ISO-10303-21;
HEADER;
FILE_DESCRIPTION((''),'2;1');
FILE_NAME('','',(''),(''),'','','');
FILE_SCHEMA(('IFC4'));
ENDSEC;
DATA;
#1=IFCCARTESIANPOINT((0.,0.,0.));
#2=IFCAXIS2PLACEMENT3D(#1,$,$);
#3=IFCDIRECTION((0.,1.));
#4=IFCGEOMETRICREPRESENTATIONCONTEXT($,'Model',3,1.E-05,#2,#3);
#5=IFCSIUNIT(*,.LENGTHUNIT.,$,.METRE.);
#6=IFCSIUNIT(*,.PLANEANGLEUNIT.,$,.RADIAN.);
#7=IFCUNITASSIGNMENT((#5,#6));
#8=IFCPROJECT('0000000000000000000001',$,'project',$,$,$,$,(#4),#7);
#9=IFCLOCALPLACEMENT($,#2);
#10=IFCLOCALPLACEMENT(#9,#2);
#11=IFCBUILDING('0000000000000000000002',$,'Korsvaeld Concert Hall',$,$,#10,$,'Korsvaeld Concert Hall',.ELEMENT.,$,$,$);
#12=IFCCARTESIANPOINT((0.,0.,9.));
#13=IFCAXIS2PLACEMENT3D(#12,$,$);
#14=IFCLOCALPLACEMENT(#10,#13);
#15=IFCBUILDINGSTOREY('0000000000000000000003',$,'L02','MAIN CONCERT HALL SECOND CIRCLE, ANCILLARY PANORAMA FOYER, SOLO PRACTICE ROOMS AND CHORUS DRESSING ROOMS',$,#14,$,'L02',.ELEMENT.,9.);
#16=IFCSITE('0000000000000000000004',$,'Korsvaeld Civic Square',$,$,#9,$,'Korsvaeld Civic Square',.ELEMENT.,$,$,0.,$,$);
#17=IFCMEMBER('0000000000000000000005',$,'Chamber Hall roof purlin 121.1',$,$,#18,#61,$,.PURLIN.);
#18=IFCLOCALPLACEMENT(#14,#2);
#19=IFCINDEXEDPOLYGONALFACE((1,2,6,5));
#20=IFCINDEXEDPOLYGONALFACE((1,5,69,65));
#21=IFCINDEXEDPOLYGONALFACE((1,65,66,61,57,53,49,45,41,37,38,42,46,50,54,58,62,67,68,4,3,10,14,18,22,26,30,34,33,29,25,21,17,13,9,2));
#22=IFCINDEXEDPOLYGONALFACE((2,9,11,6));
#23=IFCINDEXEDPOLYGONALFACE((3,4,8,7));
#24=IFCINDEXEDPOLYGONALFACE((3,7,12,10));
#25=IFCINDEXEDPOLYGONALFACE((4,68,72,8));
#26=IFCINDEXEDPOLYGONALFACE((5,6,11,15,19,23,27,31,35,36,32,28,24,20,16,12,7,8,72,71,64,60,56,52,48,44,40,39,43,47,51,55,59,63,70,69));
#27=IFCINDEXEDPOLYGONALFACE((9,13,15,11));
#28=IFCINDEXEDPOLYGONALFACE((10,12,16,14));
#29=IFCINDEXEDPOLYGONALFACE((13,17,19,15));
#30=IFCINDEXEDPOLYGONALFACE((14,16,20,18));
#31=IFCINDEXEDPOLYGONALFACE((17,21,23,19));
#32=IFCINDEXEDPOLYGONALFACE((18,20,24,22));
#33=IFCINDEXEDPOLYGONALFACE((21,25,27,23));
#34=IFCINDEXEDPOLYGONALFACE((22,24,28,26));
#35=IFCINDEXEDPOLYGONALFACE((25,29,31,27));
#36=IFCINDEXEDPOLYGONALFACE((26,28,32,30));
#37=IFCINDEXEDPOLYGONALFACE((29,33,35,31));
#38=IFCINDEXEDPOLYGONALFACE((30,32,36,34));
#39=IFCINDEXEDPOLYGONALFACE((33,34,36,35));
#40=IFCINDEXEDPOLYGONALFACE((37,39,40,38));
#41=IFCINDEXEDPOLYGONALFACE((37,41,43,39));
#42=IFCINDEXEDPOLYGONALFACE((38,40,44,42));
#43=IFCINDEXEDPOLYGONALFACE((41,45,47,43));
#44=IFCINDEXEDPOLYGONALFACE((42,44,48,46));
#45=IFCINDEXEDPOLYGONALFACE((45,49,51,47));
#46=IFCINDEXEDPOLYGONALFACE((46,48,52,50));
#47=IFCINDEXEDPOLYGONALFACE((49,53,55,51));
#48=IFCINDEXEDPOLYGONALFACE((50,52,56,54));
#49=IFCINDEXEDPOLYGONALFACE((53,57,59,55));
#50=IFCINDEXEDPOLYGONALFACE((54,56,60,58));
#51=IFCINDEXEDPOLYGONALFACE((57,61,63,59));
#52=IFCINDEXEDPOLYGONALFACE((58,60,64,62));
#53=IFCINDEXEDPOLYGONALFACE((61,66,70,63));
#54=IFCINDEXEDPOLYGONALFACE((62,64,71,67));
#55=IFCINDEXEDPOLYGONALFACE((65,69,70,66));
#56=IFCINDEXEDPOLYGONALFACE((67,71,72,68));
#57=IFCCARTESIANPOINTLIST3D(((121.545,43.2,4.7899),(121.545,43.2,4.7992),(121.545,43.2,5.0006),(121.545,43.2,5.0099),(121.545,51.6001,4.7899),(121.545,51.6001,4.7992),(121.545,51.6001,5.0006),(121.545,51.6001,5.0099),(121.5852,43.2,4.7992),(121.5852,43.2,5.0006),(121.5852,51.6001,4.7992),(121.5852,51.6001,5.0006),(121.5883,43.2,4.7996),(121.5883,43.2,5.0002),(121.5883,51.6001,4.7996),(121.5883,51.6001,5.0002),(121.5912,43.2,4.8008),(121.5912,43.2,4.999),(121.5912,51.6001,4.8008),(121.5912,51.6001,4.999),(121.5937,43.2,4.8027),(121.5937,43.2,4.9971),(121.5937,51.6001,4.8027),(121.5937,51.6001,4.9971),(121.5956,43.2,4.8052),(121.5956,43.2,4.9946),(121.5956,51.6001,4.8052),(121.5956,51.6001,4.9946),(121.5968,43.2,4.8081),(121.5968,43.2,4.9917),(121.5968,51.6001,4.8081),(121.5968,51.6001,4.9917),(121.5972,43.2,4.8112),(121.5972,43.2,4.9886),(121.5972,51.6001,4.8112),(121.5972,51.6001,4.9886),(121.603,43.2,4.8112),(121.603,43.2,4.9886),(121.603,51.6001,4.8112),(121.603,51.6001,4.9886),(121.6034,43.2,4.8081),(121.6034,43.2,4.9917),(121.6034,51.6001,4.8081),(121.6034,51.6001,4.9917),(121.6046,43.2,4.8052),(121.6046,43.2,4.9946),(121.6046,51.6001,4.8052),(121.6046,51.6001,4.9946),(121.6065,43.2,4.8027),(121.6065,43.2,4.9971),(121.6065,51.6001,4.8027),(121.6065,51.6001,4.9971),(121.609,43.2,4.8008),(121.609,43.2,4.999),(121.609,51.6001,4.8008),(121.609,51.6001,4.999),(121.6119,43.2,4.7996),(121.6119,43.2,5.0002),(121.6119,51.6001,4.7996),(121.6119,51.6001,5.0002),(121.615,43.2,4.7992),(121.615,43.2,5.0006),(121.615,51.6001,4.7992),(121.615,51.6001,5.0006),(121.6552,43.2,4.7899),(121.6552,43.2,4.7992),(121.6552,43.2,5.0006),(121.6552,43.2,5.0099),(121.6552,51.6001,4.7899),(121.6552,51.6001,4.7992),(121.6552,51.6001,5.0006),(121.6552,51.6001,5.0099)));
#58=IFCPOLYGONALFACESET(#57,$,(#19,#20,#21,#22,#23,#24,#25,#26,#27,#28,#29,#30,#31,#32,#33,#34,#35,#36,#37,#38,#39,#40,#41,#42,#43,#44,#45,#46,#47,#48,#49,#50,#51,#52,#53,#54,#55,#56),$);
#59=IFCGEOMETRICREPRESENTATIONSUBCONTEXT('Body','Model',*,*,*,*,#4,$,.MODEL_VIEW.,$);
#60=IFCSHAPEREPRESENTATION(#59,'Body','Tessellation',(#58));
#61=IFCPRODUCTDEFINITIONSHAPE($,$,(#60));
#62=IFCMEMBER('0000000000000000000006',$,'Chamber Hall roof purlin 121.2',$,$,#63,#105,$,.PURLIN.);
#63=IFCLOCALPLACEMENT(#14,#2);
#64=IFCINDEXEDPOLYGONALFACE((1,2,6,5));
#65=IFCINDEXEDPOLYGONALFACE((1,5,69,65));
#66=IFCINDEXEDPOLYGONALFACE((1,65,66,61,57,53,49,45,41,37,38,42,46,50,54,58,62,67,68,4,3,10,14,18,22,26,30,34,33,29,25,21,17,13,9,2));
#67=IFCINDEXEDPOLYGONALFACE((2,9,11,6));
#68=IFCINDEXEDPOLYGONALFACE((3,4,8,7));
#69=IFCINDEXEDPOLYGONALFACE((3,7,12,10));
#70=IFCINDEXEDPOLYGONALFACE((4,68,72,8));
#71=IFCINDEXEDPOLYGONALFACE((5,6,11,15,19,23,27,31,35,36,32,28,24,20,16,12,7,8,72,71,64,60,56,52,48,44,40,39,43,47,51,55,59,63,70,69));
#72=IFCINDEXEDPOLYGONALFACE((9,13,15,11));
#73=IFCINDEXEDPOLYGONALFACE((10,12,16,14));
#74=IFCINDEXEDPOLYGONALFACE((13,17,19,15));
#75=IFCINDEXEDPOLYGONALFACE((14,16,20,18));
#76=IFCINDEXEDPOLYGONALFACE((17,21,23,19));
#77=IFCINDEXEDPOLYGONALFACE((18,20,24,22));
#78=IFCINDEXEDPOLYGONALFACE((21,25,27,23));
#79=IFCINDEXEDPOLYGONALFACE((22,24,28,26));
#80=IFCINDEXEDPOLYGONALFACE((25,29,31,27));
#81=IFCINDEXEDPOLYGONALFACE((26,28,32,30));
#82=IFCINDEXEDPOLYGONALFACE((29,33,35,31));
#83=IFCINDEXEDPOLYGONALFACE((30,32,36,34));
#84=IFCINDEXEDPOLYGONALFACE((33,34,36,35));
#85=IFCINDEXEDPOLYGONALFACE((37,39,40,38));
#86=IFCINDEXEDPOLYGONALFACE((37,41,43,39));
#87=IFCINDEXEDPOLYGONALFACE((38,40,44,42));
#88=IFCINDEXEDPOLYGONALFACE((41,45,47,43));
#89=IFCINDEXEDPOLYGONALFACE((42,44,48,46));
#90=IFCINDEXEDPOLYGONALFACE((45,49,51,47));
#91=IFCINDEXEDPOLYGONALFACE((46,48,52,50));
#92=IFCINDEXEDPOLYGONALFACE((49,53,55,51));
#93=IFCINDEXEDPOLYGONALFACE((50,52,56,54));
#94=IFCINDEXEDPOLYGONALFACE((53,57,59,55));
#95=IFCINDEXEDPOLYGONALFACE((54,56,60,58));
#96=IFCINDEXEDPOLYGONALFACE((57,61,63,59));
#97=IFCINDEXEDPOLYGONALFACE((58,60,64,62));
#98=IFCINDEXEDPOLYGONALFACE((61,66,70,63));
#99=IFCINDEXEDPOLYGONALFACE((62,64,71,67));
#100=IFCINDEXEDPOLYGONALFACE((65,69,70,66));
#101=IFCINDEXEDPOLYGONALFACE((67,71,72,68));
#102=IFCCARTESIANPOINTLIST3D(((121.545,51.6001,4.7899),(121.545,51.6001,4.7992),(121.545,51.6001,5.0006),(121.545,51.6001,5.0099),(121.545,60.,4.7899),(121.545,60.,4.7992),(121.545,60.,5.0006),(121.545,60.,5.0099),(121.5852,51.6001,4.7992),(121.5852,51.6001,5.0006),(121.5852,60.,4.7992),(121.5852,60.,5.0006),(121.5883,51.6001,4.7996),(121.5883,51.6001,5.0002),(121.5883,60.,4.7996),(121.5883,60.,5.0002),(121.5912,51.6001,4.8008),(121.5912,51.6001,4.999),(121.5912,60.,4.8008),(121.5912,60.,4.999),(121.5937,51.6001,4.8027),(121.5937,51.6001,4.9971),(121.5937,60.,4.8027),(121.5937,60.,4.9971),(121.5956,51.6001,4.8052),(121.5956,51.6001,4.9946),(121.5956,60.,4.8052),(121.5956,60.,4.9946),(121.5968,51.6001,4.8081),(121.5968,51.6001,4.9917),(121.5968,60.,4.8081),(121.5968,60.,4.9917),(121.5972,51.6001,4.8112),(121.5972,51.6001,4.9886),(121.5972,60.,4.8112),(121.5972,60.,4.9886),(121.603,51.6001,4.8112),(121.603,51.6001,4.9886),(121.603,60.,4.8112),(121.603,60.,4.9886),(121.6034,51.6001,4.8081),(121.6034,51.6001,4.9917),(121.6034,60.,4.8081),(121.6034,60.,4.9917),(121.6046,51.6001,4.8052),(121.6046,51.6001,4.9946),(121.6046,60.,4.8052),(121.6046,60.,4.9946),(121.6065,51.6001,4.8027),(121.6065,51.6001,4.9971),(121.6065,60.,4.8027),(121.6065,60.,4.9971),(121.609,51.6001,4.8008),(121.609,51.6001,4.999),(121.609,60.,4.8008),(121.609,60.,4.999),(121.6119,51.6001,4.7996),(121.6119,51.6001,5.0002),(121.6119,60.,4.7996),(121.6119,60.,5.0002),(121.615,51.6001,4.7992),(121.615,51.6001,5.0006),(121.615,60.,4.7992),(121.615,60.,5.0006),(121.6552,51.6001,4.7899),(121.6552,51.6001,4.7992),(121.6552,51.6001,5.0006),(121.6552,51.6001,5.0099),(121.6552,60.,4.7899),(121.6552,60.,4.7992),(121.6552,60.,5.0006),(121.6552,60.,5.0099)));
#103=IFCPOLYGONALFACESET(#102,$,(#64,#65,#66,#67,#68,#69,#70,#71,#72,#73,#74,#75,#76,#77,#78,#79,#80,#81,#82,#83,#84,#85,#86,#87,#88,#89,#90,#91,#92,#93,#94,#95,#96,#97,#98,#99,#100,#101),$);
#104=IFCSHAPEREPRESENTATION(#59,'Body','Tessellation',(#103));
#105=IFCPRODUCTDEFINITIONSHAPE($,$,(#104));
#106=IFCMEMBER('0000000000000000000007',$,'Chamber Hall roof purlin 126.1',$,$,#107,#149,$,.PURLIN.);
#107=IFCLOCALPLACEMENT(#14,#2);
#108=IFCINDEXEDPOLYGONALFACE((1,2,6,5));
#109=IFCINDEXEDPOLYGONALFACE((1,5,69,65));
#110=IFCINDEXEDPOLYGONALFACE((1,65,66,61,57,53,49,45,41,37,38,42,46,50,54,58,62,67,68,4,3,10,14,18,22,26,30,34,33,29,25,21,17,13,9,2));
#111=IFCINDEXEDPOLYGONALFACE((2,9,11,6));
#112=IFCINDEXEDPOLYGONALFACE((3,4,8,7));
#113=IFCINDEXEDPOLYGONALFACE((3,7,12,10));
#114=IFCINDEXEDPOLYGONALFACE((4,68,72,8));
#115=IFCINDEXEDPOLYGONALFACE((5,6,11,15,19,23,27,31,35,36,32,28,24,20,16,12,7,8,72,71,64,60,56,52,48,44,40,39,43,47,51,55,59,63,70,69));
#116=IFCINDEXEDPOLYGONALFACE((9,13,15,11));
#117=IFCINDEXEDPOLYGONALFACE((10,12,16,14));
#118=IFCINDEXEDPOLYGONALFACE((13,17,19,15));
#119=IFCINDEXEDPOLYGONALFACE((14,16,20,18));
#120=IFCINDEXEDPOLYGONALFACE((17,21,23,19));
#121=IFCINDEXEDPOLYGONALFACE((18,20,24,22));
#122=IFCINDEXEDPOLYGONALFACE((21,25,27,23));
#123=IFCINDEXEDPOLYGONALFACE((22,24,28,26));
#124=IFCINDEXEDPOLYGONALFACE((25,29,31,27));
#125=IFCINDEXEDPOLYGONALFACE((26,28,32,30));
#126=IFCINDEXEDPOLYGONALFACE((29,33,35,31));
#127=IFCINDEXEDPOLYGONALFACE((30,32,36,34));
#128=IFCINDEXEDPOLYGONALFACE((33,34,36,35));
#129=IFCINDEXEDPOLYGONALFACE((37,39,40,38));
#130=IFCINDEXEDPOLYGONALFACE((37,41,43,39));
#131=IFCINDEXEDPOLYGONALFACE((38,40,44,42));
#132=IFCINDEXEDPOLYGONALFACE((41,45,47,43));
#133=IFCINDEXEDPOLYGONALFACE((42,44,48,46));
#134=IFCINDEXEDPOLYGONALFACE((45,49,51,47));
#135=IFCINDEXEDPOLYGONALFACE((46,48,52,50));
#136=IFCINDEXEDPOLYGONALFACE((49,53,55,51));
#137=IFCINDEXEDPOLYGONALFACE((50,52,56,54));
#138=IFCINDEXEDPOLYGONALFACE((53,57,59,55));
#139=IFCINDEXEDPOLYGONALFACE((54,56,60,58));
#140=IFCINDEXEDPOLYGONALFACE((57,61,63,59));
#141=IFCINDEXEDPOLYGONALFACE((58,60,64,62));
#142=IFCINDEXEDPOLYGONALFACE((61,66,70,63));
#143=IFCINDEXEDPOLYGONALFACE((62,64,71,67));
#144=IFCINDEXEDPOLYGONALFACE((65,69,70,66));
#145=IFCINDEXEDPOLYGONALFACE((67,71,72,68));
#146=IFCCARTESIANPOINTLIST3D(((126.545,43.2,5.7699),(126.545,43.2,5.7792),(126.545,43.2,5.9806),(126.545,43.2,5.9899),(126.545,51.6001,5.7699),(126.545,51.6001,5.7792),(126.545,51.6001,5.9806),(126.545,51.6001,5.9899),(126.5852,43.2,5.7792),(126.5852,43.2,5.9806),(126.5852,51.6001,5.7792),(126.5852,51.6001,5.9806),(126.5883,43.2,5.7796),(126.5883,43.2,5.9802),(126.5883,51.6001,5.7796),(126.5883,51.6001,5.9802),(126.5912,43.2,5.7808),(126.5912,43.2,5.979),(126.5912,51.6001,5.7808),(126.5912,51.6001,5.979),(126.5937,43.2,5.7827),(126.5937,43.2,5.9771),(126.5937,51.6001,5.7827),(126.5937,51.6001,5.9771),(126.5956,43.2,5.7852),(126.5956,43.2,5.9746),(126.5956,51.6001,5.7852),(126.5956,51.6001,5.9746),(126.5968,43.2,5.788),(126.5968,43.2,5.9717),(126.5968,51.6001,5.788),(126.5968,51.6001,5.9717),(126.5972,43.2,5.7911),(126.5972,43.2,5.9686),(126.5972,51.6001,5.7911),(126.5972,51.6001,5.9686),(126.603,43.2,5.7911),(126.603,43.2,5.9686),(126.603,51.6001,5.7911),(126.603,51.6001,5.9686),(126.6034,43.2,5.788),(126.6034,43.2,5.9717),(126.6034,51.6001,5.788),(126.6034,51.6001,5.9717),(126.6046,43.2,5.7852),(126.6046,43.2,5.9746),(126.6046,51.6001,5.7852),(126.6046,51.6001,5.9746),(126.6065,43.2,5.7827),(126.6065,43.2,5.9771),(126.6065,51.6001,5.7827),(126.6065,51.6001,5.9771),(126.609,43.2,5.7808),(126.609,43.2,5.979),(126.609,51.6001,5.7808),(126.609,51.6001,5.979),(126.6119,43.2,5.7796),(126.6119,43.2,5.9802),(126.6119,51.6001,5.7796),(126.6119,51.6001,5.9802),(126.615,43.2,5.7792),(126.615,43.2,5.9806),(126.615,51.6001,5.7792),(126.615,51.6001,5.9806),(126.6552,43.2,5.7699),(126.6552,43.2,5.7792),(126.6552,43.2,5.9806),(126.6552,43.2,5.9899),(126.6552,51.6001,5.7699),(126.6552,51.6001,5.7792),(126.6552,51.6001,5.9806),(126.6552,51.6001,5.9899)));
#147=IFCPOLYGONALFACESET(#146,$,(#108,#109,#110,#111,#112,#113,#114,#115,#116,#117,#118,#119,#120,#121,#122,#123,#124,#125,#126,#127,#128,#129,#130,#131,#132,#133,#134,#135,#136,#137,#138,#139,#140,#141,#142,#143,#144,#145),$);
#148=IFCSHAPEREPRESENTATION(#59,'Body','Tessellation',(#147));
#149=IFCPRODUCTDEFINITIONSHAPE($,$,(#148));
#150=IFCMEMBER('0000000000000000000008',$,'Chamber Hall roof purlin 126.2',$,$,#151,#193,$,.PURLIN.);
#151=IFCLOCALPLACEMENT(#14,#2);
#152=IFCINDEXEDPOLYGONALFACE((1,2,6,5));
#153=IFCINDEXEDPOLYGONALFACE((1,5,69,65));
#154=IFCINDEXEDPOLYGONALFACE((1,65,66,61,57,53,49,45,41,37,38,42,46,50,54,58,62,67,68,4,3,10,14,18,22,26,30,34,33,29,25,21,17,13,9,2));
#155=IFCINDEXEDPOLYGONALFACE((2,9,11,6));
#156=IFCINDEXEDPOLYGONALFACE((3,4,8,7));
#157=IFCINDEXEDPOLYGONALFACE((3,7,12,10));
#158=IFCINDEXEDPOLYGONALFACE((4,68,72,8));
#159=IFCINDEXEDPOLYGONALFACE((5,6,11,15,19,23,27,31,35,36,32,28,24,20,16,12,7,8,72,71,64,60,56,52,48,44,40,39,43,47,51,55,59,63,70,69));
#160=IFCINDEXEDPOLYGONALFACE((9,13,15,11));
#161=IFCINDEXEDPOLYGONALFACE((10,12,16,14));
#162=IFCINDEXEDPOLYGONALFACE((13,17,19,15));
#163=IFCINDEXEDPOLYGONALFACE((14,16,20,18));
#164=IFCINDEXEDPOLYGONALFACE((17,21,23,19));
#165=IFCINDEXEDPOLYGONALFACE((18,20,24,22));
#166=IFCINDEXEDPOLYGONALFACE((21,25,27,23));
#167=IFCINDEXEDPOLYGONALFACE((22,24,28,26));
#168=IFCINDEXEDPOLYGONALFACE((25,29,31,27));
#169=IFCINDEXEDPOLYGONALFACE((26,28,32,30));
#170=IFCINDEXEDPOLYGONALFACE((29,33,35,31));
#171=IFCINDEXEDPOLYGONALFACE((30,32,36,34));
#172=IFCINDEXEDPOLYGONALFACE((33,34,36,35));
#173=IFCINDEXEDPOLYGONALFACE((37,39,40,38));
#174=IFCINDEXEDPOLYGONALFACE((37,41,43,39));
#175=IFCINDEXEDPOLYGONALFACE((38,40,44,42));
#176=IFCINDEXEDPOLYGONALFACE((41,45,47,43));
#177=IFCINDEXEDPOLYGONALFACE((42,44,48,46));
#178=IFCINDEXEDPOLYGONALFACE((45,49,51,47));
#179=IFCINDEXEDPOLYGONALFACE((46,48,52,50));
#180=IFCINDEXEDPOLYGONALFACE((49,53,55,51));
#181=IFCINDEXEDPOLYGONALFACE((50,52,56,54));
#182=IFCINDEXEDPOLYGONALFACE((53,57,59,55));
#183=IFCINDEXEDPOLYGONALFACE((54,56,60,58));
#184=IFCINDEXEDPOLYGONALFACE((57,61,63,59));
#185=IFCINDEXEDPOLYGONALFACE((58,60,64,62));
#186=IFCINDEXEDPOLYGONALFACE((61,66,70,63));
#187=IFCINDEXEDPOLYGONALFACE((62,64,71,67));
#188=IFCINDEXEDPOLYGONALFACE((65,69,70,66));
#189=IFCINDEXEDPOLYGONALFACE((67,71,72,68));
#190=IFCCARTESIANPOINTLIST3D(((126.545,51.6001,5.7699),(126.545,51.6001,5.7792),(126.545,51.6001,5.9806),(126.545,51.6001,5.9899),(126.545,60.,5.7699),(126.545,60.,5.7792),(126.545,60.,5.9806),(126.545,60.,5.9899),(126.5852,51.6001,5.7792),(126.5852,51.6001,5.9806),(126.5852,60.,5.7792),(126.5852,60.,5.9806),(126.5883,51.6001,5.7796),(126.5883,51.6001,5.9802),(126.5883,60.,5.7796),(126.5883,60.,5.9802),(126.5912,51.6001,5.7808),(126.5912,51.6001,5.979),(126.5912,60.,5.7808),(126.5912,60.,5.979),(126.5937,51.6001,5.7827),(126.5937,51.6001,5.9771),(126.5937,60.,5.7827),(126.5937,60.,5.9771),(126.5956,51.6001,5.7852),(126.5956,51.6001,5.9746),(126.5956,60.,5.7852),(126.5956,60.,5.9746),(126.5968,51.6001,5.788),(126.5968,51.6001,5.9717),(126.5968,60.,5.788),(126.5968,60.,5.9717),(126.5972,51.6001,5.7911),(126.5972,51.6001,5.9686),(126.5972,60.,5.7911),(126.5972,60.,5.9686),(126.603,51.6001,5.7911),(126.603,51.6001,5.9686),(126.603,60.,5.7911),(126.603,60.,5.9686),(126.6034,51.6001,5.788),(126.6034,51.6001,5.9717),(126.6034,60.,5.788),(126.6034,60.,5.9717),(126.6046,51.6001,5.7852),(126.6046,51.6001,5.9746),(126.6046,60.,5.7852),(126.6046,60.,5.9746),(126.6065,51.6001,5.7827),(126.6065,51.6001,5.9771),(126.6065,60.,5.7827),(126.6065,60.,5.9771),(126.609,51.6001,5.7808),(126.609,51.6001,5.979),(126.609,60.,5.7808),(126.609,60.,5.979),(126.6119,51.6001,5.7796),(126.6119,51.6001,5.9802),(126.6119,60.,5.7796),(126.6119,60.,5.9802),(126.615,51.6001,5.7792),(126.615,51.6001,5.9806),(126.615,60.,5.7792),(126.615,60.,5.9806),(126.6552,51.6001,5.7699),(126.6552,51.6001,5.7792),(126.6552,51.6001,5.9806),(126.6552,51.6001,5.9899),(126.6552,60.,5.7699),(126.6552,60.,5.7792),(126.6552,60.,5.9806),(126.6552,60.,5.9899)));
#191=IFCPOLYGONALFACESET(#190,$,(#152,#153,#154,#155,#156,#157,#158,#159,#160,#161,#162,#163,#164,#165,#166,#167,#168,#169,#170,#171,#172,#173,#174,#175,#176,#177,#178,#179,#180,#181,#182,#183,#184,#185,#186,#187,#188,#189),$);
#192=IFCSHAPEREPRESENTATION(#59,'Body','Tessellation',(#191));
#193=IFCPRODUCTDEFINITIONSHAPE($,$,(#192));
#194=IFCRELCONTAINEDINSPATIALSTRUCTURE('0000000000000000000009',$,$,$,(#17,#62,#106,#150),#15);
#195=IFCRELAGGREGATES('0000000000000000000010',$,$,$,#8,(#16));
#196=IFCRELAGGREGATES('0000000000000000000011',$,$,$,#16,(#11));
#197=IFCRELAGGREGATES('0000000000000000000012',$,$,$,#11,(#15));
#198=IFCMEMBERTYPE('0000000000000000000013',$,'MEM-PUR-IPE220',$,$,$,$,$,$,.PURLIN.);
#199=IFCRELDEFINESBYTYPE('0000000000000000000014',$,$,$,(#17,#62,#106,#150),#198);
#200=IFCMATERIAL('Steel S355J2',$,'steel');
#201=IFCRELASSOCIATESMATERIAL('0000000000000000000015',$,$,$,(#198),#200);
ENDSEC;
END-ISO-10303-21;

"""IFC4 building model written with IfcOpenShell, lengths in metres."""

from ifc_helpers import new_model, si_unit, direction, frame, origin, origin_2d, place, context, subcontext, project, spatial, i_section, extrude, material, material_profile, profile_set, type_object, element, save


model = new_model("IFC4")

# Units and contexts
model_context = context("Model", 3, precision=1e-05, world=origin(), true_north=direction((0.0, 1.0)))
body_context = subcontext(model_context, "Body", "Model", "MODEL_VIEW")
ifc_project = project(units=[si_unit("LENGTHUNIT", "METRE"), si_unit("PLANEANGLEUNIT", "RADIAN")], contexts=[model_context])

# Site, building, storey
site_placement = place(None, origin())
site = spatial("IfcSite", under=ifc_project, at=site_placement, Name="Korsvaeld Civic Square", LongName="Korsvaeld Civic Square", CompositionType="ELEMENT", RefElevation=0.0)
building_placement = place(site_placement, origin())
building = spatial("IfcBuilding", under=site, at=building_placement, Name="Korsvaeld Concert Hall", LongName="Korsvaeld Concert Hall", CompositionType="ELEMENT")
storey_placement = place(building_placement, frame((0.0, 0.0, 9.0)))
storey = spatial("IfcBuildingStorey", under=building, at=storey_placement, Name="L02", Description="MAIN CONCERT HALL SECOND CIRCLE, ANCILLARY PANORAMA FOYER, SOLO PRACTICE ROOMS AND CHORUS DRESSING ROOMS", LongName="L02", CompositionType="ELEMENT", Elevation=9.0)

# Members
ifc_material_1 = material(Name="Steel S355J2", Category="steel")
ifc_material_profile_1 = material_profile(ifc_material_1, i_section(OverallWidth=0.1101, OverallDepth=0.22, WebThickness=0.0059, FlangeThickness=0.0093, FilletRadius=0.012, at=origin_2d()), Name="IPE 220")
ifc_profile_set_1 = profile_set([ifc_material_profile_1], Name="Steel S355J2")
member_type_1 = type_object("IfcMemberType", Name="MEM-PUR-IPE220", PredefinedType="PURLIN", material=ifc_profile_set_1)
member_1_placement = place(storey_placement, frame((121.6001, 43.2, 4.8999), z_axis=(0.0, 1.0, 0.0), x_axis=(-1.0, 0.0, 0.0)))
element("IfcMember", 1, at=member_1_placement, inside=storey, type_object=member_type_1, Name="Chamber Hall roof purlin 121.1", PredefinedType="PURLIN", context=body_context, shape_type="SweptSolid", body=[
    extrude(i_section(OverallWidth=0.1101, OverallDepth=0.22, WebThickness=0.0059, FlangeThickness=0.0093, FilletRadius=0.012, at=origin_2d()), origin(), (0.0, 0.0, 1.0), 8.4001),
])
member_2_placement = place(storey_placement, frame((121.6001, 51.6001, 4.8999), z_axis=(0.0, 1.0, 0.0), x_axis=(-1.0, 0.0, 0.0)))
element("IfcMember", 2, at=member_2_placement, inside=storey, type_object=member_type_1, Name="Chamber Hall roof purlin 121.2", PredefinedType="PURLIN", context=body_context, shape_type="SweptSolid", body=[
    extrude(i_section(OverallWidth=0.1101, OverallDepth=0.22, WebThickness=0.0059, FlangeThickness=0.0093, FilletRadius=0.012, at=origin_2d()), origin(), (0.0, 0.0, 1.0), 8.3999),
])
member_3_placement = place(storey_placement, frame((126.6001, 43.2, 5.8799), z_axis=(0.0, 1.0, 0.0), x_axis=(-1.0, 0.0, 0.0)))
element("IfcMember", 3, at=member_3_placement, inside=storey, type_object=member_type_1, Name="Chamber Hall roof purlin 126.1", PredefinedType="PURLIN", context=body_context, shape_type="SweptSolid", body=[
    extrude(i_section(OverallWidth=0.1101, OverallDepth=0.22, WebThickness=0.0059, FlangeThickness=0.0093, FilletRadius=0.012, at=origin_2d()), origin(), (0.0, 0.0, 1.0), 8.4001),
])
member_4_placement = place(storey_placement, frame((126.6001, 51.6001, 5.8799), z_axis=(0.0, 1.0, 0.0), x_axis=(-1.0, 0.0, 0.0)))
element("IfcMember", 4, at=member_4_placement, inside=storey, type_object=member_type_1, Name="Chamber Hall roof purlin 126.2", PredefinedType="PURLIN", context=body_context, shape_type="SweptSolid", body=[
    extrude(i_section(OverallWidth=0.1101, OverallDepth=0.22, WebThickness=0.0059, FlangeThickness=0.0093, FilletRadius=0.012, at=origin_2d()), origin(), (0.0, 0.0, 1.0), 8.3999),
])

save(model, "model.ifc")
